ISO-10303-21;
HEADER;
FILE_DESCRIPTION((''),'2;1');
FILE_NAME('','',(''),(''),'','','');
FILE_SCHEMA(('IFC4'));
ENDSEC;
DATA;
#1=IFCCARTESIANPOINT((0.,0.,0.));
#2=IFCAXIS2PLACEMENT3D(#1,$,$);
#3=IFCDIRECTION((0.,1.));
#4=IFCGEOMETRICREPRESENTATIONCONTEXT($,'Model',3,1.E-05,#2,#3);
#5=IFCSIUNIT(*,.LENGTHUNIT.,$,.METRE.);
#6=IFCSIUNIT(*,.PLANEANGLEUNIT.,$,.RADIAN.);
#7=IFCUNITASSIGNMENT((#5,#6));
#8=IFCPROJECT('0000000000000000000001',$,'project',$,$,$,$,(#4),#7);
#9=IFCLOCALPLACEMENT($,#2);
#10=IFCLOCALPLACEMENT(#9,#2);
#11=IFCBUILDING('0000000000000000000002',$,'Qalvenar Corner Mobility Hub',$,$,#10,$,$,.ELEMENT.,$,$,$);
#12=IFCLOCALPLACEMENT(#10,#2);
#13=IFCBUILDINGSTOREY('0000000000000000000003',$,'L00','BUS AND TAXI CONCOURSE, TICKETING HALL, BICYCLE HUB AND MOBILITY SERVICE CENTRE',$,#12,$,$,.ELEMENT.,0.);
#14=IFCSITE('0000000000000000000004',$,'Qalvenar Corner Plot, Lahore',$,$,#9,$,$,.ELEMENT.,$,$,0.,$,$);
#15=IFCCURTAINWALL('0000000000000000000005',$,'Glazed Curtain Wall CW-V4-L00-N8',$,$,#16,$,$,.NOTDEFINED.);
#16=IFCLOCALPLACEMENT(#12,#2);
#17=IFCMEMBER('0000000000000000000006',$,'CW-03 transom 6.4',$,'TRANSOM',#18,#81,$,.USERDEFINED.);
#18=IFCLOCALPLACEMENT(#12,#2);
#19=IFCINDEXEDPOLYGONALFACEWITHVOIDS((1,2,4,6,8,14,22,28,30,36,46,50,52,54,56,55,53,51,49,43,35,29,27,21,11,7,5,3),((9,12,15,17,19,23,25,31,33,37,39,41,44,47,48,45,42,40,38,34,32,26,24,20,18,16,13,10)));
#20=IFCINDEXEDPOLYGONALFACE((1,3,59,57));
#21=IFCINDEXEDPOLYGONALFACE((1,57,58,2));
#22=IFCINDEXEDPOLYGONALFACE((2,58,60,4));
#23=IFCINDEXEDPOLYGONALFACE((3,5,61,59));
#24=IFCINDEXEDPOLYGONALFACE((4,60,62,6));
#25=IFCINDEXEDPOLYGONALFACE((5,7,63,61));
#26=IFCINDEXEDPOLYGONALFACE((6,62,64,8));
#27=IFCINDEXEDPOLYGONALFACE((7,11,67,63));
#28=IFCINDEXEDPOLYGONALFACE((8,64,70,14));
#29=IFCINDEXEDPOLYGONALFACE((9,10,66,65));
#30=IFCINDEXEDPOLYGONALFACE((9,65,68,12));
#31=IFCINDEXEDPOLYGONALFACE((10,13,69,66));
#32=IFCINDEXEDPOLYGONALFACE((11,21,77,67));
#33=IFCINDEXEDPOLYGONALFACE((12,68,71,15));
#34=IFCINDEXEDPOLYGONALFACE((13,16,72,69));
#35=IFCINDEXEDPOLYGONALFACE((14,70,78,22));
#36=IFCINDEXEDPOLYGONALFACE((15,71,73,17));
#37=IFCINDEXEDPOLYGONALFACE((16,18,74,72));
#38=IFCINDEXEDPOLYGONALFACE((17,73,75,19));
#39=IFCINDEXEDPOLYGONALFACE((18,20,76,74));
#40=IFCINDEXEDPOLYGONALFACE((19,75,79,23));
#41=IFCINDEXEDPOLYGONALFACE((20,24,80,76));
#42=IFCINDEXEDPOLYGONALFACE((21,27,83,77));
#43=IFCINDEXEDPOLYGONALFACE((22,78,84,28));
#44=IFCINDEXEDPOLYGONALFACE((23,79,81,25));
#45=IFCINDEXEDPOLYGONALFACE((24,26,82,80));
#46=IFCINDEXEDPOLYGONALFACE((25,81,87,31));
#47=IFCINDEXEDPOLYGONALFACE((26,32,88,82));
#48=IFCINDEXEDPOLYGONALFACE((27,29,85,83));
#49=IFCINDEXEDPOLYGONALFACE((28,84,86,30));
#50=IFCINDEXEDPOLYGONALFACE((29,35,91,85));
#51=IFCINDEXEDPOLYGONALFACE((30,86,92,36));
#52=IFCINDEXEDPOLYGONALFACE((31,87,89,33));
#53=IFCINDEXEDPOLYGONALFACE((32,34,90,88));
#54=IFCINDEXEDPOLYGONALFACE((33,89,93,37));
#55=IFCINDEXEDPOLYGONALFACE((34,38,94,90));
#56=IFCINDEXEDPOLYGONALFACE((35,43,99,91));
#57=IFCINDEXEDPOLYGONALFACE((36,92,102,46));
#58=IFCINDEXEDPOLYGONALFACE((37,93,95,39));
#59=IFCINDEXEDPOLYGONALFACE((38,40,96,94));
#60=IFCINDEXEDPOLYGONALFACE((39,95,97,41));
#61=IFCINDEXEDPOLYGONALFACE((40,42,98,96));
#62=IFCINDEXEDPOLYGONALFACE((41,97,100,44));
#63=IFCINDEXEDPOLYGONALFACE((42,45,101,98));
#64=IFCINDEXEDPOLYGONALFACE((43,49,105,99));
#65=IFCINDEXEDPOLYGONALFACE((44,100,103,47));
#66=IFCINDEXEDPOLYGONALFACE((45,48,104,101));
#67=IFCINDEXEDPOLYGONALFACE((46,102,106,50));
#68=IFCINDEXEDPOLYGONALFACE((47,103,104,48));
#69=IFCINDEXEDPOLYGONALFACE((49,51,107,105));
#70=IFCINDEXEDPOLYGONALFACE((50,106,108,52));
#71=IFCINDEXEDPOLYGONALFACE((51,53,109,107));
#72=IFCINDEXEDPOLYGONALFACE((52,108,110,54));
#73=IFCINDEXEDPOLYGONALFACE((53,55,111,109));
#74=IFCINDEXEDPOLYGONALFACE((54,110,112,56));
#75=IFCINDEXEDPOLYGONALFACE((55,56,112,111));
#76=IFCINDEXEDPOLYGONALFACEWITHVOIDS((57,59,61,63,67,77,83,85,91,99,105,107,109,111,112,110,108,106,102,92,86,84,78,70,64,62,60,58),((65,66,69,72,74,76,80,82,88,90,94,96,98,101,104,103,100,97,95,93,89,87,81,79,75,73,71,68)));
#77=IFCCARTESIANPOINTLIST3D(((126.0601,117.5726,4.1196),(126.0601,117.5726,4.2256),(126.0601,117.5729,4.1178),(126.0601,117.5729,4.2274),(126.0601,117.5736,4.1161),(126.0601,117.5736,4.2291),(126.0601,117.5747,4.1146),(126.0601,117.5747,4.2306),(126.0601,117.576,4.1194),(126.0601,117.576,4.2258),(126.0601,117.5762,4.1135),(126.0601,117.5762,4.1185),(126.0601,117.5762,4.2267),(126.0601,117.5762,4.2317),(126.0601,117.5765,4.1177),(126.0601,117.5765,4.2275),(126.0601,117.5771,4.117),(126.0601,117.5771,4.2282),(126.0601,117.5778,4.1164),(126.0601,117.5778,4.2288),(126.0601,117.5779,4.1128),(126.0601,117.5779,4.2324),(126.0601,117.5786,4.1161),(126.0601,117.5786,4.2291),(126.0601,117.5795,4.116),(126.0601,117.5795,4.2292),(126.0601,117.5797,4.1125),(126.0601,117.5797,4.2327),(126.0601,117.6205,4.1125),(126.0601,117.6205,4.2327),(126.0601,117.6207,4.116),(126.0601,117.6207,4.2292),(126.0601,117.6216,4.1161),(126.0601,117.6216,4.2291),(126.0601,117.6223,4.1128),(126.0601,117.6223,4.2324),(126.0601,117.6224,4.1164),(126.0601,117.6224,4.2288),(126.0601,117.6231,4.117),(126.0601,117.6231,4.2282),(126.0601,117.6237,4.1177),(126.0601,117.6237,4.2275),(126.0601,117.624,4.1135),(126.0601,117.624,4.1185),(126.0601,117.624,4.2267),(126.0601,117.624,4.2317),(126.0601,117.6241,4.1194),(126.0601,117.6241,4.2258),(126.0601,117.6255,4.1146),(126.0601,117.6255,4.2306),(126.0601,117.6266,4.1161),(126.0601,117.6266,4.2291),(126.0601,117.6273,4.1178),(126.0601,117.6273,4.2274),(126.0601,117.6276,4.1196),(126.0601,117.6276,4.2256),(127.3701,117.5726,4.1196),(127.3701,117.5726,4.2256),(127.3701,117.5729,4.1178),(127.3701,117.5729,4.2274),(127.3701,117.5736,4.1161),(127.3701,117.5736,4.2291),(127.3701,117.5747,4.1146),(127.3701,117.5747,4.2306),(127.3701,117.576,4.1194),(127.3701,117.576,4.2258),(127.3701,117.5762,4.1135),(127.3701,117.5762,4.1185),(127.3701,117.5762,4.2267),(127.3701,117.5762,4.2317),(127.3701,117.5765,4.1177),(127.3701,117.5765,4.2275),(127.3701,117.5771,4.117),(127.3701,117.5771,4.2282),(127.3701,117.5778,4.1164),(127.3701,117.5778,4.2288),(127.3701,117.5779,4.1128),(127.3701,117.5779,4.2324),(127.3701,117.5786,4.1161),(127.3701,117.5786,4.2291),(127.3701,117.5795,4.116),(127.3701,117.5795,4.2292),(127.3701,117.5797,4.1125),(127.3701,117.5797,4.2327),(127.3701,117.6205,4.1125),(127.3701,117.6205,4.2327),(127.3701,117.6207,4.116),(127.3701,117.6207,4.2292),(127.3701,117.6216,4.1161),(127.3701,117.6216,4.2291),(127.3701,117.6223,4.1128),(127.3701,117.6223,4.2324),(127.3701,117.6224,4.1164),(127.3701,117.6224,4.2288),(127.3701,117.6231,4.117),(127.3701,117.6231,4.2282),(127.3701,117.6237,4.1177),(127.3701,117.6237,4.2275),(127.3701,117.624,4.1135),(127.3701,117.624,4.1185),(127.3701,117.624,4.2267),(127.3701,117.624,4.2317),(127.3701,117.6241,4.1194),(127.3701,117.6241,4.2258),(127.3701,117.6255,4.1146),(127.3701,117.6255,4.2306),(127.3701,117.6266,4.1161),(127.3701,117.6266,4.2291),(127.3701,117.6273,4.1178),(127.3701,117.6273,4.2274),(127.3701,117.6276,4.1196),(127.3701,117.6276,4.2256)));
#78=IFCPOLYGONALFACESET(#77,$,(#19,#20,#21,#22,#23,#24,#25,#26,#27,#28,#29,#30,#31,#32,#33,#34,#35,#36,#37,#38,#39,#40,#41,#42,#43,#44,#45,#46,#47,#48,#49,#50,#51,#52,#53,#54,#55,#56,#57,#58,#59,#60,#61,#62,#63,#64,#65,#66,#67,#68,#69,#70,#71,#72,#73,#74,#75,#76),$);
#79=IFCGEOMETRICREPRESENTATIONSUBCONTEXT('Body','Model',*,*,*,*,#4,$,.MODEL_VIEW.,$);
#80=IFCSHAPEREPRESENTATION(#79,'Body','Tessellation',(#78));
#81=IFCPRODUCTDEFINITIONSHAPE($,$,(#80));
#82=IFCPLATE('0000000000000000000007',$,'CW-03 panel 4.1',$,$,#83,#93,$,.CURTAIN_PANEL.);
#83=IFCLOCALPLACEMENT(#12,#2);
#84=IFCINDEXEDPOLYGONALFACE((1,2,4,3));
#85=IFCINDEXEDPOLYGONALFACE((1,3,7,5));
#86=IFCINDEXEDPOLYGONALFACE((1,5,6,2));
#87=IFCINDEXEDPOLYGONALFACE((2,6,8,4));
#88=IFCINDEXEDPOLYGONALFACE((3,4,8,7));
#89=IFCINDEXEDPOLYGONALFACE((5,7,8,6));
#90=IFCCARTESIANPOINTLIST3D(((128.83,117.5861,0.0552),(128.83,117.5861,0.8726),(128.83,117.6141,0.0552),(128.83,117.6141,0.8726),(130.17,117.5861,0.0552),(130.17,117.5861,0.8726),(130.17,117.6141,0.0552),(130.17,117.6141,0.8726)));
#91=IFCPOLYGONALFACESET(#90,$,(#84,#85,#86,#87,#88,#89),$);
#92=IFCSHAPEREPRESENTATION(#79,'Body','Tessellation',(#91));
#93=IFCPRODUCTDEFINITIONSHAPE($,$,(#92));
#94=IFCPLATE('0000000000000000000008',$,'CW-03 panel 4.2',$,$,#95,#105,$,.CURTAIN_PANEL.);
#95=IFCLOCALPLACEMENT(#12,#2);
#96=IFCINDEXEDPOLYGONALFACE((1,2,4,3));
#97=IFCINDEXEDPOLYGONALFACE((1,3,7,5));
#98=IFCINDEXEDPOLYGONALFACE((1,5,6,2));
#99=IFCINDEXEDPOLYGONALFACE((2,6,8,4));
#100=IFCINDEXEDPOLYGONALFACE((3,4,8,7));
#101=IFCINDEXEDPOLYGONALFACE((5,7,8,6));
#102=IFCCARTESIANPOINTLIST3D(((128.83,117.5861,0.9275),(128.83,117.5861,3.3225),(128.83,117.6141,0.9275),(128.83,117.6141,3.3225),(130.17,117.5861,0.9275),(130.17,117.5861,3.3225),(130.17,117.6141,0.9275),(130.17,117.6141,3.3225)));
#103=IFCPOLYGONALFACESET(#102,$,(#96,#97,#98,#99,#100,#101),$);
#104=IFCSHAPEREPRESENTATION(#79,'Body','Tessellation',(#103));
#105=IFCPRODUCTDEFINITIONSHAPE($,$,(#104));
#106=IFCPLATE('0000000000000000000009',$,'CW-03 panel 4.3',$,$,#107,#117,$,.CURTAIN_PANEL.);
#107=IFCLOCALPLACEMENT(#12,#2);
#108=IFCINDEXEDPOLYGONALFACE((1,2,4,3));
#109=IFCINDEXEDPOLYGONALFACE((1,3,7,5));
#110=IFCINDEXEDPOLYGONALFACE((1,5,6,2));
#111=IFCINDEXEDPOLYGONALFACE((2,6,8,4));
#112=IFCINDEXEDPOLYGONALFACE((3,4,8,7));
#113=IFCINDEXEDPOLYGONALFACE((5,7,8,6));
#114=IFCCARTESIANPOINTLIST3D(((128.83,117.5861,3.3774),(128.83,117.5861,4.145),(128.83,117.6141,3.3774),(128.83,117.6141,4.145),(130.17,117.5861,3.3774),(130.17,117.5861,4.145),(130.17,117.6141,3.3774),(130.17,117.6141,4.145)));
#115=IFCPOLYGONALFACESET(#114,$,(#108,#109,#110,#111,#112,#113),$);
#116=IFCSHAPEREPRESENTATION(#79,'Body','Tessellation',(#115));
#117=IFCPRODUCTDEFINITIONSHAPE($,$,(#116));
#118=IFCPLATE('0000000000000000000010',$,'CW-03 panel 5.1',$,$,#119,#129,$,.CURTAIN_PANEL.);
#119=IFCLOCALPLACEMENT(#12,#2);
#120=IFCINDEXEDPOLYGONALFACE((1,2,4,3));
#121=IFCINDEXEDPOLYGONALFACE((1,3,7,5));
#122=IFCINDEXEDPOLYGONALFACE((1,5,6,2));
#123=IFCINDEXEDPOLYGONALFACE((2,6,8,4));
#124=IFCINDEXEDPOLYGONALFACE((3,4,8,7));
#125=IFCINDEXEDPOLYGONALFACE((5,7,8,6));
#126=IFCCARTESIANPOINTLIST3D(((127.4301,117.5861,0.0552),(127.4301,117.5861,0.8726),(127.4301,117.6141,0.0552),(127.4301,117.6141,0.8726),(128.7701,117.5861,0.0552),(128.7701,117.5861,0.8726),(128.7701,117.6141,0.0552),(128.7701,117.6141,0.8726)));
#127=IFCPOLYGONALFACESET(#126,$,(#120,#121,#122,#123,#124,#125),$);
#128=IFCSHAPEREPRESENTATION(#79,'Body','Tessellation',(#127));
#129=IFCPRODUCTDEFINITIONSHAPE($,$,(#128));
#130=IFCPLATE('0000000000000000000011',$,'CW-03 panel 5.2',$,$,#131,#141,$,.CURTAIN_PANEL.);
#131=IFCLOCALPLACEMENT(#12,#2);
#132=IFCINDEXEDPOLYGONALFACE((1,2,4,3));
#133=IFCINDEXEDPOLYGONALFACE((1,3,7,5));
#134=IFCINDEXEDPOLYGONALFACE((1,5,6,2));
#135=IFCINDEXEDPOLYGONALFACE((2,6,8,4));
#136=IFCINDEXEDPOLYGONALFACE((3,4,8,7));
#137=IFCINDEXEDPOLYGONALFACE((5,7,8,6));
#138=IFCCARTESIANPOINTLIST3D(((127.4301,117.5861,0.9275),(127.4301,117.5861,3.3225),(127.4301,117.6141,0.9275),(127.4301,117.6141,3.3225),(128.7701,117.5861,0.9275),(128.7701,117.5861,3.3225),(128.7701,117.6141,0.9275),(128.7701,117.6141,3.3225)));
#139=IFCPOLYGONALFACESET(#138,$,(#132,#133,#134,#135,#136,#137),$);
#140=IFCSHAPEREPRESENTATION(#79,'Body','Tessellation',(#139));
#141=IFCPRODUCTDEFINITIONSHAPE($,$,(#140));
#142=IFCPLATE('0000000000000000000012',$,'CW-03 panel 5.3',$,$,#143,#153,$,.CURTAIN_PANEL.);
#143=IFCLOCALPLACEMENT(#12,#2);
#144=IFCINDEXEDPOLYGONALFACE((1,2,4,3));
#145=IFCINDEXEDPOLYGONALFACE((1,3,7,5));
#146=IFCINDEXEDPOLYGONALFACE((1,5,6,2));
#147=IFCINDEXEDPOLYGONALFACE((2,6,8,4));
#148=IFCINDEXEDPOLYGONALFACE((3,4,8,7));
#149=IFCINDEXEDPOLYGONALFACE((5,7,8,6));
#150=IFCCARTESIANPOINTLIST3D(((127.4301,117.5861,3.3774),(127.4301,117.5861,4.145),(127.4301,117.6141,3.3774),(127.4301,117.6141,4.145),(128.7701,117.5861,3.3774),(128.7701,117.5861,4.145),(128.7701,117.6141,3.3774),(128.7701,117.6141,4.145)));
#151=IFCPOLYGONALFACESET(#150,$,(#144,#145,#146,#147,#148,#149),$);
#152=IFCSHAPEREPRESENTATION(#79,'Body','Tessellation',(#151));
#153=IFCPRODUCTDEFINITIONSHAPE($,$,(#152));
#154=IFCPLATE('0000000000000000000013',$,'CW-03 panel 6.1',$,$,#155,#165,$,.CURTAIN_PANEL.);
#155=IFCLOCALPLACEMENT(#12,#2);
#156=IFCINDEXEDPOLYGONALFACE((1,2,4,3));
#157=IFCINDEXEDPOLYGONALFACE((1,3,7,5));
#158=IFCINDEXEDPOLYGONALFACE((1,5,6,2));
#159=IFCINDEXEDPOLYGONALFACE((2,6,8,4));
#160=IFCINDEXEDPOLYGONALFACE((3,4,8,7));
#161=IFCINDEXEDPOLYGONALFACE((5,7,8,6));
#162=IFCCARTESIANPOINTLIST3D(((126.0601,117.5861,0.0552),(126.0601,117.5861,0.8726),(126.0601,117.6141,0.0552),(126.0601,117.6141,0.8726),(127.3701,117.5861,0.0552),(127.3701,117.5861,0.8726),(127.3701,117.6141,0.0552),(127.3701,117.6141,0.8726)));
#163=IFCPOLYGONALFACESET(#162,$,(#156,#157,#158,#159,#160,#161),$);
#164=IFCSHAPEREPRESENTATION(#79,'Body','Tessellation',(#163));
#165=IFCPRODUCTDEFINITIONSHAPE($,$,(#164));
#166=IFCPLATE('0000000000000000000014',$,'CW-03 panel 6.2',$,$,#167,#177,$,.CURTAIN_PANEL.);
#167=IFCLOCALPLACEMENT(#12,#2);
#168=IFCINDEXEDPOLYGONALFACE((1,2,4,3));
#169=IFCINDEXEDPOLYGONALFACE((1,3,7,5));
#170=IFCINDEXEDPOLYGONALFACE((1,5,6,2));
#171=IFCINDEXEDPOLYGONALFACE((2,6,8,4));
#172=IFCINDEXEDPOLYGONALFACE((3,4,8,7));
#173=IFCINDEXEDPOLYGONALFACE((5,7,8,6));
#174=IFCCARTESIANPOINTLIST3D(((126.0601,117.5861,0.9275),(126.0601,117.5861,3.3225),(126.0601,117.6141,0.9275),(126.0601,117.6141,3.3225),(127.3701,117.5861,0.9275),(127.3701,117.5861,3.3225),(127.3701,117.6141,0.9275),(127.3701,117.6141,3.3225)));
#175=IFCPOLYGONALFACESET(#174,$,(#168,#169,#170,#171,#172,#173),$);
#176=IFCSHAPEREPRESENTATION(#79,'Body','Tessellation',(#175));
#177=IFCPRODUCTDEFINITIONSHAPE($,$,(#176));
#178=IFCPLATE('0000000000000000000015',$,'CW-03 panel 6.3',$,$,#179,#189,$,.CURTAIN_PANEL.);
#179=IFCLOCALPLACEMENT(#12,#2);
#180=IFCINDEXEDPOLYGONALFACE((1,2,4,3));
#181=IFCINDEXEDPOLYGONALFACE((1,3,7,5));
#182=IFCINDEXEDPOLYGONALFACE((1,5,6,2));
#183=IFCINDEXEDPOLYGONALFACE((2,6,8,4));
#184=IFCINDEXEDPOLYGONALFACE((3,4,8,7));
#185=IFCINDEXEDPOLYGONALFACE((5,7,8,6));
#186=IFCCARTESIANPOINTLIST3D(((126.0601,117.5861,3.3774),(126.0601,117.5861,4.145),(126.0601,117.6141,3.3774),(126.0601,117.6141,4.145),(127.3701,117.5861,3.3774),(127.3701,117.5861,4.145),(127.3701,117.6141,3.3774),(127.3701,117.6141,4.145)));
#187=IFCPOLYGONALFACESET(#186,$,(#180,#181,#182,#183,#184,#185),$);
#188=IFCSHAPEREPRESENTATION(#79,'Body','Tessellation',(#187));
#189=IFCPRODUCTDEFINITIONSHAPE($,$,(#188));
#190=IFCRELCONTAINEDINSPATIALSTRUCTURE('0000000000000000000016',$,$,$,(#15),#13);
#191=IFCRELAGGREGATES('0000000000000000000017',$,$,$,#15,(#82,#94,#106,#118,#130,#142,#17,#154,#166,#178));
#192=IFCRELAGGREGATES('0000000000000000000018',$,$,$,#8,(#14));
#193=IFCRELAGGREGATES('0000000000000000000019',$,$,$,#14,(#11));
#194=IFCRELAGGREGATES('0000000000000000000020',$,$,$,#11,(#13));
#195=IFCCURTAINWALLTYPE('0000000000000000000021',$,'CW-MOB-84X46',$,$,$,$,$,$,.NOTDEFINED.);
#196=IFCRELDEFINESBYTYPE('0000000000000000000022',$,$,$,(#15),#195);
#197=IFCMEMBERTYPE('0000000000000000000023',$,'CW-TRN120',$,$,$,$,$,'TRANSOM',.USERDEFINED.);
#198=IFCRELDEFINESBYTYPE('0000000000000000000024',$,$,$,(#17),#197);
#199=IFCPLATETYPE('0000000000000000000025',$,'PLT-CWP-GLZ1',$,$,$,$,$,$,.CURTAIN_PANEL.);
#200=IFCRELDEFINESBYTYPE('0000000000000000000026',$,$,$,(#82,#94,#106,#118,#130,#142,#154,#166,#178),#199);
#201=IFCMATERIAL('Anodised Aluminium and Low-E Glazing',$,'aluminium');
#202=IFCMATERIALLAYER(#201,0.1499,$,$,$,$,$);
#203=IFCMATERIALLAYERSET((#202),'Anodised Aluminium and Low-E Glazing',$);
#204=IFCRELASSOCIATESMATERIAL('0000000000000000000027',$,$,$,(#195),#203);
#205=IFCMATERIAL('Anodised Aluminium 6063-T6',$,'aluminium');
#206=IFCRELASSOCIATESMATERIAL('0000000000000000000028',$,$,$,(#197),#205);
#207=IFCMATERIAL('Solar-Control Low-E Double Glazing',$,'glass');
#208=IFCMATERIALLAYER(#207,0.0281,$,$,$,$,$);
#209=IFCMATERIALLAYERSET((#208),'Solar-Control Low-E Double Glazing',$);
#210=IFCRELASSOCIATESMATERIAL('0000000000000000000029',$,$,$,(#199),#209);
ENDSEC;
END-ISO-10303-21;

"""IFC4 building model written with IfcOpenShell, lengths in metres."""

from ifc_helpers import new_model, si_unit, direction, frame, origin, origin_2d, place, context, subcontext, project, spatial, rectangle, hollow_rectangle, extrude, material, layer, layer_set, material_profile, profile_set, type_object, element, aggregate, save


model = new_model("IFC4")

# Units and contexts
model_context = context("Model", 3, precision=1e-05, world=origin(), true_north=direction((0.0, 1.0)))
body_context = subcontext(model_context, "Body", "Model", "MODEL_VIEW")
ifc_project = project(units=[si_unit("LENGTHUNIT", "METRE"), si_unit("PLANEANGLEUNIT", "RADIAN")], contexts=[model_context])

# Site, building, storey
site_placement = place(None, origin())
site = spatial("IfcSite", under=ifc_project, at=site_placement, Name="Qalvenar Corner Plot, Lahore", CompositionType="ELEMENT", RefElevation=0.0)
building_placement = place(site_placement, origin())
building = spatial("IfcBuilding", under=site, at=building_placement, Name="Qalvenar Corner Mobility Hub", CompositionType="ELEMENT")
storey_placement = place(building_placement, origin())
storey = spatial("IfcBuildingStorey", under=building, at=storey_placement, Name="L00", Description="BUS AND TAXI CONCOURSE, TICKETING HALL, BICYCLE HUB AND MOBILITY SERVICE CENTRE", CompositionType="ELEMENT", Elevation=0.0)

# Shared definitions
ifc_material_1 = material(Name="Anodised Aluminium and Low-E Glazing", Category="aluminium")
ifc_layer_1 = layer(ifc_material_1, 0.1499)
ifc_layer_set_1 = layer_set([ifc_layer_1], Name="Anodised Aluminium and Low-E Glazing")
curtain_wall_type = type_object("IfcCurtainWallType", Name="CW-MOB-84X46", PredefinedType="NOTDEFINED", material=ifc_layer_set_1)
ifc_material_2 = material(Name="Anodised Aluminium 6063-T6", Category="aluminium")

# Curtain wall, member, plates
curtain_wall_1_placement = place(storey_placement, origin())
curtain_wall_1 = element("IfcCurtainWall", 1, at=curtain_wall_1_placement, inside=storey, type_object=curtain_wall_type, Name="Glazed Curtain Wall CW-V4-L00-N8", PredefinedType="NOTDEFINED")
ifc_material_profile_1 = material_profile(ifc_material_2, hollow_rectangle(XDim=0.0549, YDim=0.1201, WallThickness=0.0034, InnerFilletRadius=0.0034, OuterFilletRadius=0.0071, at=origin_2d()), Name="RHS120x55x3.5")
ifc_profile_set_1 = profile_set([ifc_material_profile_1], Name="Anodised Aluminium 6063-T6")
member_type_1 = type_object("IfcMemberType", Name="CW-TRN120", ElementType="TRANSOM", PredefinedType="USERDEFINED", material=ifc_profile_set_1)
member_1_placement = place(storey_placement, frame((127.3701, 117.6001, 4.1726), z_axis=(-1.0, 0.0, 0.0), x_axis=(0.0, -1.0, 0.0)))
member_1 = element("IfcMember", 2, at=member_1_placement, type_object=member_type_1, Name="CW-03 transom 6.4", ObjectType="TRANSOM", PredefinedType="USERDEFINED", context=body_context, shape_type="SweptSolid", body=[
    extrude(hollow_rectangle(XDim=0.0549, YDim=0.1201, WallThickness=0.0034, InnerFilletRadius=0.0034, OuterFilletRadius=0.0071, at=origin_2d()), origin(), (0.0, 0.0, 1.0), 1.3101),
])
ifc_material_3 = material(Name="Solar-Control Low-E Double Glazing", Category="glass")
ifc_layer_2 = layer(ifc_material_3, 0.0281)
ifc_layer_set_2 = layer_set([ifc_layer_2], Name="Solar-Control Low-E Double Glazing")
plate_type = type_object("IfcPlateType", Name="PLT-CWP-GLZ1", PredefinedType="CURTAIN_PANEL", material=ifc_layer_set_2)
plate_1_placement = place(storey_placement, frame((129.5, 117.6001, 0.0552), z_axis=(0.0, 0.0, 1.0), x_axis=(-1.0, 0.0, 0.0)))
plate_1 = element("IfcPlate", 3, at=plate_1_placement, type_object=plate_type, Name="CW-03 panel 4.1", PredefinedType="CURTAIN_PANEL", context=body_context, shape_type="SweptSolid", body=[
    extrude(rectangle(XDim=1.3401, YDim=0.0281, at=origin_2d()), origin(), (0.0, 0.0, 1.0), 0.8174),
])
plate_2_placement = place(storey_placement, frame((129.5, 117.6001, 0.9275), z_axis=(0.0, 0.0, 1.0), x_axis=(-1.0, 0.0, 0.0)))
plate_2 = element("IfcPlate", 4, at=plate_2_placement, type_object=plate_type, Name="CW-03 panel 4.2", PredefinedType="CURTAIN_PANEL", context=body_context, shape_type="SweptSolid", body=[
    extrude(rectangle(XDim=1.3401, YDim=0.0281, at=origin_2d()), origin(), (0.0, 0.0, 1.0), 2.395),
])
plate_3_placement = place(storey_placement, frame((129.5, 117.6001, 3.3774), z_axis=(0.0, 0.0, 1.0), x_axis=(-1.0, 0.0, 0.0)))
plate_3 = element("IfcPlate", 5, at=plate_3_placement, type_object=plate_type, Name="CW-03 panel 4.3", PredefinedType="CURTAIN_PANEL", context=body_context, shape_type="SweptSolid", body=[
    extrude(rectangle(XDim=1.3401, YDim=0.0281, at=origin_2d()), origin(), (0.0, 0.0, 1.0), 0.7676),
])
plate_4_placement = place(storey_placement, frame((128.1001, 117.6001, 0.0552), z_axis=(0.0, 0.0, 1.0), x_axis=(-1.0, 0.0, 0.0)))
plate_4 = element("IfcPlate", 6, at=plate_4_placement, type_object=plate_type, Name="CW-03 panel 5.1", PredefinedType="CURTAIN_PANEL", context=body_context, shape_type="SweptSolid", body=[
    extrude(rectangle(XDim=1.3401, YDim=0.0281, at=origin_2d()), origin(), (0.0, 0.0, 1.0), 0.8174),
])
plate_5_placement = place(storey_placement, frame((128.1001, 117.6001, 0.9275), z_axis=(0.0, 0.0, 1.0), x_axis=(-1.0, 0.0, 0.0)))
plate_5 = element("IfcPlate", 7, at=plate_5_placement, type_object=plate_type, Name="CW-03 panel 5.2", PredefinedType="CURTAIN_PANEL", context=body_context, shape_type="SweptSolid", body=[
    extrude(rectangle(XDim=1.3401, YDim=0.0281, at=origin_2d()), origin(), (0.0, 0.0, 1.0), 2.395),
])
plate_6_placement = place(storey_placement, frame((128.1001, 117.6001, 3.3774), z_axis=(0.0, 0.0, 1.0), x_axis=(-1.0, 0.0, 0.0)))
plate_6 = element("IfcPlate", 8, at=plate_6_placement, type_object=plate_type, Name="CW-03 panel 5.3", PredefinedType="CURTAIN_PANEL", context=body_context, shape_type="SweptSolid", body=[
    extrude(rectangle(XDim=1.3401, YDim=0.0281, at=origin_2d()), origin(), (0.0, 0.0, 1.0), 0.7676),
])
plate_7_placement = place(storey_placement, frame((126.7151, 117.6001, 0.0552), z_axis=(0.0, 0.0, 1.0), x_axis=(-1.0, 0.0, 0.0)))
plate_7 = element("IfcPlate", 9, at=plate_7_placement, type_object=plate_type, Name="CW-03 panel 6.1", PredefinedType="CURTAIN_PANEL", context=body_context, shape_type="SweptSolid", body=[
    extrude(rectangle(XDim=1.3101, YDim=0.0281, at=origin_2d()), origin(), (0.0, 0.0, 1.0), 0.8174),
])
plate_8_placement = place(storey_placement, frame((126.7151, 117.6001, 0.9275), z_axis=(0.0, 0.0, 1.0), x_axis=(-1.0, 0.0, 0.0)))
plate_8 = element("IfcPlate", 10, at=plate_8_placement, type_object=plate_type, Name="CW-03 panel 6.2", PredefinedType="CURTAIN_PANEL", context=body_context, shape_type="SweptSolid", body=[
    extrude(rectangle(XDim=1.3101, YDim=0.0281, at=origin_2d()), origin(), (0.0, 0.0, 1.0), 2.395),
])
plate_9_placement = place(storey_placement, frame((126.7151, 117.6001, 3.3774), z_axis=(0.0, 0.0, 1.0), x_axis=(-1.0, 0.0, 0.0)))
plate_9 = element("IfcPlate", 11, at=plate_9_placement, type_object=plate_type, Name="CW-03 panel 6.3", PredefinedType="CURTAIN_PANEL", context=body_context, shape_type="SweptSolid", body=[
    extrude(rectangle(XDim=1.3101, YDim=0.0281, at=origin_2d()), origin(), (0.0, 0.0, 1.0), 0.7676),
])
aggregate(curtain_wall_1, [plate_1, plate_2, plate_3, plate_4, plate_5, plate_6, member_1, plate_7, plate_8, plate_9])

save(model, "model.ifc")
